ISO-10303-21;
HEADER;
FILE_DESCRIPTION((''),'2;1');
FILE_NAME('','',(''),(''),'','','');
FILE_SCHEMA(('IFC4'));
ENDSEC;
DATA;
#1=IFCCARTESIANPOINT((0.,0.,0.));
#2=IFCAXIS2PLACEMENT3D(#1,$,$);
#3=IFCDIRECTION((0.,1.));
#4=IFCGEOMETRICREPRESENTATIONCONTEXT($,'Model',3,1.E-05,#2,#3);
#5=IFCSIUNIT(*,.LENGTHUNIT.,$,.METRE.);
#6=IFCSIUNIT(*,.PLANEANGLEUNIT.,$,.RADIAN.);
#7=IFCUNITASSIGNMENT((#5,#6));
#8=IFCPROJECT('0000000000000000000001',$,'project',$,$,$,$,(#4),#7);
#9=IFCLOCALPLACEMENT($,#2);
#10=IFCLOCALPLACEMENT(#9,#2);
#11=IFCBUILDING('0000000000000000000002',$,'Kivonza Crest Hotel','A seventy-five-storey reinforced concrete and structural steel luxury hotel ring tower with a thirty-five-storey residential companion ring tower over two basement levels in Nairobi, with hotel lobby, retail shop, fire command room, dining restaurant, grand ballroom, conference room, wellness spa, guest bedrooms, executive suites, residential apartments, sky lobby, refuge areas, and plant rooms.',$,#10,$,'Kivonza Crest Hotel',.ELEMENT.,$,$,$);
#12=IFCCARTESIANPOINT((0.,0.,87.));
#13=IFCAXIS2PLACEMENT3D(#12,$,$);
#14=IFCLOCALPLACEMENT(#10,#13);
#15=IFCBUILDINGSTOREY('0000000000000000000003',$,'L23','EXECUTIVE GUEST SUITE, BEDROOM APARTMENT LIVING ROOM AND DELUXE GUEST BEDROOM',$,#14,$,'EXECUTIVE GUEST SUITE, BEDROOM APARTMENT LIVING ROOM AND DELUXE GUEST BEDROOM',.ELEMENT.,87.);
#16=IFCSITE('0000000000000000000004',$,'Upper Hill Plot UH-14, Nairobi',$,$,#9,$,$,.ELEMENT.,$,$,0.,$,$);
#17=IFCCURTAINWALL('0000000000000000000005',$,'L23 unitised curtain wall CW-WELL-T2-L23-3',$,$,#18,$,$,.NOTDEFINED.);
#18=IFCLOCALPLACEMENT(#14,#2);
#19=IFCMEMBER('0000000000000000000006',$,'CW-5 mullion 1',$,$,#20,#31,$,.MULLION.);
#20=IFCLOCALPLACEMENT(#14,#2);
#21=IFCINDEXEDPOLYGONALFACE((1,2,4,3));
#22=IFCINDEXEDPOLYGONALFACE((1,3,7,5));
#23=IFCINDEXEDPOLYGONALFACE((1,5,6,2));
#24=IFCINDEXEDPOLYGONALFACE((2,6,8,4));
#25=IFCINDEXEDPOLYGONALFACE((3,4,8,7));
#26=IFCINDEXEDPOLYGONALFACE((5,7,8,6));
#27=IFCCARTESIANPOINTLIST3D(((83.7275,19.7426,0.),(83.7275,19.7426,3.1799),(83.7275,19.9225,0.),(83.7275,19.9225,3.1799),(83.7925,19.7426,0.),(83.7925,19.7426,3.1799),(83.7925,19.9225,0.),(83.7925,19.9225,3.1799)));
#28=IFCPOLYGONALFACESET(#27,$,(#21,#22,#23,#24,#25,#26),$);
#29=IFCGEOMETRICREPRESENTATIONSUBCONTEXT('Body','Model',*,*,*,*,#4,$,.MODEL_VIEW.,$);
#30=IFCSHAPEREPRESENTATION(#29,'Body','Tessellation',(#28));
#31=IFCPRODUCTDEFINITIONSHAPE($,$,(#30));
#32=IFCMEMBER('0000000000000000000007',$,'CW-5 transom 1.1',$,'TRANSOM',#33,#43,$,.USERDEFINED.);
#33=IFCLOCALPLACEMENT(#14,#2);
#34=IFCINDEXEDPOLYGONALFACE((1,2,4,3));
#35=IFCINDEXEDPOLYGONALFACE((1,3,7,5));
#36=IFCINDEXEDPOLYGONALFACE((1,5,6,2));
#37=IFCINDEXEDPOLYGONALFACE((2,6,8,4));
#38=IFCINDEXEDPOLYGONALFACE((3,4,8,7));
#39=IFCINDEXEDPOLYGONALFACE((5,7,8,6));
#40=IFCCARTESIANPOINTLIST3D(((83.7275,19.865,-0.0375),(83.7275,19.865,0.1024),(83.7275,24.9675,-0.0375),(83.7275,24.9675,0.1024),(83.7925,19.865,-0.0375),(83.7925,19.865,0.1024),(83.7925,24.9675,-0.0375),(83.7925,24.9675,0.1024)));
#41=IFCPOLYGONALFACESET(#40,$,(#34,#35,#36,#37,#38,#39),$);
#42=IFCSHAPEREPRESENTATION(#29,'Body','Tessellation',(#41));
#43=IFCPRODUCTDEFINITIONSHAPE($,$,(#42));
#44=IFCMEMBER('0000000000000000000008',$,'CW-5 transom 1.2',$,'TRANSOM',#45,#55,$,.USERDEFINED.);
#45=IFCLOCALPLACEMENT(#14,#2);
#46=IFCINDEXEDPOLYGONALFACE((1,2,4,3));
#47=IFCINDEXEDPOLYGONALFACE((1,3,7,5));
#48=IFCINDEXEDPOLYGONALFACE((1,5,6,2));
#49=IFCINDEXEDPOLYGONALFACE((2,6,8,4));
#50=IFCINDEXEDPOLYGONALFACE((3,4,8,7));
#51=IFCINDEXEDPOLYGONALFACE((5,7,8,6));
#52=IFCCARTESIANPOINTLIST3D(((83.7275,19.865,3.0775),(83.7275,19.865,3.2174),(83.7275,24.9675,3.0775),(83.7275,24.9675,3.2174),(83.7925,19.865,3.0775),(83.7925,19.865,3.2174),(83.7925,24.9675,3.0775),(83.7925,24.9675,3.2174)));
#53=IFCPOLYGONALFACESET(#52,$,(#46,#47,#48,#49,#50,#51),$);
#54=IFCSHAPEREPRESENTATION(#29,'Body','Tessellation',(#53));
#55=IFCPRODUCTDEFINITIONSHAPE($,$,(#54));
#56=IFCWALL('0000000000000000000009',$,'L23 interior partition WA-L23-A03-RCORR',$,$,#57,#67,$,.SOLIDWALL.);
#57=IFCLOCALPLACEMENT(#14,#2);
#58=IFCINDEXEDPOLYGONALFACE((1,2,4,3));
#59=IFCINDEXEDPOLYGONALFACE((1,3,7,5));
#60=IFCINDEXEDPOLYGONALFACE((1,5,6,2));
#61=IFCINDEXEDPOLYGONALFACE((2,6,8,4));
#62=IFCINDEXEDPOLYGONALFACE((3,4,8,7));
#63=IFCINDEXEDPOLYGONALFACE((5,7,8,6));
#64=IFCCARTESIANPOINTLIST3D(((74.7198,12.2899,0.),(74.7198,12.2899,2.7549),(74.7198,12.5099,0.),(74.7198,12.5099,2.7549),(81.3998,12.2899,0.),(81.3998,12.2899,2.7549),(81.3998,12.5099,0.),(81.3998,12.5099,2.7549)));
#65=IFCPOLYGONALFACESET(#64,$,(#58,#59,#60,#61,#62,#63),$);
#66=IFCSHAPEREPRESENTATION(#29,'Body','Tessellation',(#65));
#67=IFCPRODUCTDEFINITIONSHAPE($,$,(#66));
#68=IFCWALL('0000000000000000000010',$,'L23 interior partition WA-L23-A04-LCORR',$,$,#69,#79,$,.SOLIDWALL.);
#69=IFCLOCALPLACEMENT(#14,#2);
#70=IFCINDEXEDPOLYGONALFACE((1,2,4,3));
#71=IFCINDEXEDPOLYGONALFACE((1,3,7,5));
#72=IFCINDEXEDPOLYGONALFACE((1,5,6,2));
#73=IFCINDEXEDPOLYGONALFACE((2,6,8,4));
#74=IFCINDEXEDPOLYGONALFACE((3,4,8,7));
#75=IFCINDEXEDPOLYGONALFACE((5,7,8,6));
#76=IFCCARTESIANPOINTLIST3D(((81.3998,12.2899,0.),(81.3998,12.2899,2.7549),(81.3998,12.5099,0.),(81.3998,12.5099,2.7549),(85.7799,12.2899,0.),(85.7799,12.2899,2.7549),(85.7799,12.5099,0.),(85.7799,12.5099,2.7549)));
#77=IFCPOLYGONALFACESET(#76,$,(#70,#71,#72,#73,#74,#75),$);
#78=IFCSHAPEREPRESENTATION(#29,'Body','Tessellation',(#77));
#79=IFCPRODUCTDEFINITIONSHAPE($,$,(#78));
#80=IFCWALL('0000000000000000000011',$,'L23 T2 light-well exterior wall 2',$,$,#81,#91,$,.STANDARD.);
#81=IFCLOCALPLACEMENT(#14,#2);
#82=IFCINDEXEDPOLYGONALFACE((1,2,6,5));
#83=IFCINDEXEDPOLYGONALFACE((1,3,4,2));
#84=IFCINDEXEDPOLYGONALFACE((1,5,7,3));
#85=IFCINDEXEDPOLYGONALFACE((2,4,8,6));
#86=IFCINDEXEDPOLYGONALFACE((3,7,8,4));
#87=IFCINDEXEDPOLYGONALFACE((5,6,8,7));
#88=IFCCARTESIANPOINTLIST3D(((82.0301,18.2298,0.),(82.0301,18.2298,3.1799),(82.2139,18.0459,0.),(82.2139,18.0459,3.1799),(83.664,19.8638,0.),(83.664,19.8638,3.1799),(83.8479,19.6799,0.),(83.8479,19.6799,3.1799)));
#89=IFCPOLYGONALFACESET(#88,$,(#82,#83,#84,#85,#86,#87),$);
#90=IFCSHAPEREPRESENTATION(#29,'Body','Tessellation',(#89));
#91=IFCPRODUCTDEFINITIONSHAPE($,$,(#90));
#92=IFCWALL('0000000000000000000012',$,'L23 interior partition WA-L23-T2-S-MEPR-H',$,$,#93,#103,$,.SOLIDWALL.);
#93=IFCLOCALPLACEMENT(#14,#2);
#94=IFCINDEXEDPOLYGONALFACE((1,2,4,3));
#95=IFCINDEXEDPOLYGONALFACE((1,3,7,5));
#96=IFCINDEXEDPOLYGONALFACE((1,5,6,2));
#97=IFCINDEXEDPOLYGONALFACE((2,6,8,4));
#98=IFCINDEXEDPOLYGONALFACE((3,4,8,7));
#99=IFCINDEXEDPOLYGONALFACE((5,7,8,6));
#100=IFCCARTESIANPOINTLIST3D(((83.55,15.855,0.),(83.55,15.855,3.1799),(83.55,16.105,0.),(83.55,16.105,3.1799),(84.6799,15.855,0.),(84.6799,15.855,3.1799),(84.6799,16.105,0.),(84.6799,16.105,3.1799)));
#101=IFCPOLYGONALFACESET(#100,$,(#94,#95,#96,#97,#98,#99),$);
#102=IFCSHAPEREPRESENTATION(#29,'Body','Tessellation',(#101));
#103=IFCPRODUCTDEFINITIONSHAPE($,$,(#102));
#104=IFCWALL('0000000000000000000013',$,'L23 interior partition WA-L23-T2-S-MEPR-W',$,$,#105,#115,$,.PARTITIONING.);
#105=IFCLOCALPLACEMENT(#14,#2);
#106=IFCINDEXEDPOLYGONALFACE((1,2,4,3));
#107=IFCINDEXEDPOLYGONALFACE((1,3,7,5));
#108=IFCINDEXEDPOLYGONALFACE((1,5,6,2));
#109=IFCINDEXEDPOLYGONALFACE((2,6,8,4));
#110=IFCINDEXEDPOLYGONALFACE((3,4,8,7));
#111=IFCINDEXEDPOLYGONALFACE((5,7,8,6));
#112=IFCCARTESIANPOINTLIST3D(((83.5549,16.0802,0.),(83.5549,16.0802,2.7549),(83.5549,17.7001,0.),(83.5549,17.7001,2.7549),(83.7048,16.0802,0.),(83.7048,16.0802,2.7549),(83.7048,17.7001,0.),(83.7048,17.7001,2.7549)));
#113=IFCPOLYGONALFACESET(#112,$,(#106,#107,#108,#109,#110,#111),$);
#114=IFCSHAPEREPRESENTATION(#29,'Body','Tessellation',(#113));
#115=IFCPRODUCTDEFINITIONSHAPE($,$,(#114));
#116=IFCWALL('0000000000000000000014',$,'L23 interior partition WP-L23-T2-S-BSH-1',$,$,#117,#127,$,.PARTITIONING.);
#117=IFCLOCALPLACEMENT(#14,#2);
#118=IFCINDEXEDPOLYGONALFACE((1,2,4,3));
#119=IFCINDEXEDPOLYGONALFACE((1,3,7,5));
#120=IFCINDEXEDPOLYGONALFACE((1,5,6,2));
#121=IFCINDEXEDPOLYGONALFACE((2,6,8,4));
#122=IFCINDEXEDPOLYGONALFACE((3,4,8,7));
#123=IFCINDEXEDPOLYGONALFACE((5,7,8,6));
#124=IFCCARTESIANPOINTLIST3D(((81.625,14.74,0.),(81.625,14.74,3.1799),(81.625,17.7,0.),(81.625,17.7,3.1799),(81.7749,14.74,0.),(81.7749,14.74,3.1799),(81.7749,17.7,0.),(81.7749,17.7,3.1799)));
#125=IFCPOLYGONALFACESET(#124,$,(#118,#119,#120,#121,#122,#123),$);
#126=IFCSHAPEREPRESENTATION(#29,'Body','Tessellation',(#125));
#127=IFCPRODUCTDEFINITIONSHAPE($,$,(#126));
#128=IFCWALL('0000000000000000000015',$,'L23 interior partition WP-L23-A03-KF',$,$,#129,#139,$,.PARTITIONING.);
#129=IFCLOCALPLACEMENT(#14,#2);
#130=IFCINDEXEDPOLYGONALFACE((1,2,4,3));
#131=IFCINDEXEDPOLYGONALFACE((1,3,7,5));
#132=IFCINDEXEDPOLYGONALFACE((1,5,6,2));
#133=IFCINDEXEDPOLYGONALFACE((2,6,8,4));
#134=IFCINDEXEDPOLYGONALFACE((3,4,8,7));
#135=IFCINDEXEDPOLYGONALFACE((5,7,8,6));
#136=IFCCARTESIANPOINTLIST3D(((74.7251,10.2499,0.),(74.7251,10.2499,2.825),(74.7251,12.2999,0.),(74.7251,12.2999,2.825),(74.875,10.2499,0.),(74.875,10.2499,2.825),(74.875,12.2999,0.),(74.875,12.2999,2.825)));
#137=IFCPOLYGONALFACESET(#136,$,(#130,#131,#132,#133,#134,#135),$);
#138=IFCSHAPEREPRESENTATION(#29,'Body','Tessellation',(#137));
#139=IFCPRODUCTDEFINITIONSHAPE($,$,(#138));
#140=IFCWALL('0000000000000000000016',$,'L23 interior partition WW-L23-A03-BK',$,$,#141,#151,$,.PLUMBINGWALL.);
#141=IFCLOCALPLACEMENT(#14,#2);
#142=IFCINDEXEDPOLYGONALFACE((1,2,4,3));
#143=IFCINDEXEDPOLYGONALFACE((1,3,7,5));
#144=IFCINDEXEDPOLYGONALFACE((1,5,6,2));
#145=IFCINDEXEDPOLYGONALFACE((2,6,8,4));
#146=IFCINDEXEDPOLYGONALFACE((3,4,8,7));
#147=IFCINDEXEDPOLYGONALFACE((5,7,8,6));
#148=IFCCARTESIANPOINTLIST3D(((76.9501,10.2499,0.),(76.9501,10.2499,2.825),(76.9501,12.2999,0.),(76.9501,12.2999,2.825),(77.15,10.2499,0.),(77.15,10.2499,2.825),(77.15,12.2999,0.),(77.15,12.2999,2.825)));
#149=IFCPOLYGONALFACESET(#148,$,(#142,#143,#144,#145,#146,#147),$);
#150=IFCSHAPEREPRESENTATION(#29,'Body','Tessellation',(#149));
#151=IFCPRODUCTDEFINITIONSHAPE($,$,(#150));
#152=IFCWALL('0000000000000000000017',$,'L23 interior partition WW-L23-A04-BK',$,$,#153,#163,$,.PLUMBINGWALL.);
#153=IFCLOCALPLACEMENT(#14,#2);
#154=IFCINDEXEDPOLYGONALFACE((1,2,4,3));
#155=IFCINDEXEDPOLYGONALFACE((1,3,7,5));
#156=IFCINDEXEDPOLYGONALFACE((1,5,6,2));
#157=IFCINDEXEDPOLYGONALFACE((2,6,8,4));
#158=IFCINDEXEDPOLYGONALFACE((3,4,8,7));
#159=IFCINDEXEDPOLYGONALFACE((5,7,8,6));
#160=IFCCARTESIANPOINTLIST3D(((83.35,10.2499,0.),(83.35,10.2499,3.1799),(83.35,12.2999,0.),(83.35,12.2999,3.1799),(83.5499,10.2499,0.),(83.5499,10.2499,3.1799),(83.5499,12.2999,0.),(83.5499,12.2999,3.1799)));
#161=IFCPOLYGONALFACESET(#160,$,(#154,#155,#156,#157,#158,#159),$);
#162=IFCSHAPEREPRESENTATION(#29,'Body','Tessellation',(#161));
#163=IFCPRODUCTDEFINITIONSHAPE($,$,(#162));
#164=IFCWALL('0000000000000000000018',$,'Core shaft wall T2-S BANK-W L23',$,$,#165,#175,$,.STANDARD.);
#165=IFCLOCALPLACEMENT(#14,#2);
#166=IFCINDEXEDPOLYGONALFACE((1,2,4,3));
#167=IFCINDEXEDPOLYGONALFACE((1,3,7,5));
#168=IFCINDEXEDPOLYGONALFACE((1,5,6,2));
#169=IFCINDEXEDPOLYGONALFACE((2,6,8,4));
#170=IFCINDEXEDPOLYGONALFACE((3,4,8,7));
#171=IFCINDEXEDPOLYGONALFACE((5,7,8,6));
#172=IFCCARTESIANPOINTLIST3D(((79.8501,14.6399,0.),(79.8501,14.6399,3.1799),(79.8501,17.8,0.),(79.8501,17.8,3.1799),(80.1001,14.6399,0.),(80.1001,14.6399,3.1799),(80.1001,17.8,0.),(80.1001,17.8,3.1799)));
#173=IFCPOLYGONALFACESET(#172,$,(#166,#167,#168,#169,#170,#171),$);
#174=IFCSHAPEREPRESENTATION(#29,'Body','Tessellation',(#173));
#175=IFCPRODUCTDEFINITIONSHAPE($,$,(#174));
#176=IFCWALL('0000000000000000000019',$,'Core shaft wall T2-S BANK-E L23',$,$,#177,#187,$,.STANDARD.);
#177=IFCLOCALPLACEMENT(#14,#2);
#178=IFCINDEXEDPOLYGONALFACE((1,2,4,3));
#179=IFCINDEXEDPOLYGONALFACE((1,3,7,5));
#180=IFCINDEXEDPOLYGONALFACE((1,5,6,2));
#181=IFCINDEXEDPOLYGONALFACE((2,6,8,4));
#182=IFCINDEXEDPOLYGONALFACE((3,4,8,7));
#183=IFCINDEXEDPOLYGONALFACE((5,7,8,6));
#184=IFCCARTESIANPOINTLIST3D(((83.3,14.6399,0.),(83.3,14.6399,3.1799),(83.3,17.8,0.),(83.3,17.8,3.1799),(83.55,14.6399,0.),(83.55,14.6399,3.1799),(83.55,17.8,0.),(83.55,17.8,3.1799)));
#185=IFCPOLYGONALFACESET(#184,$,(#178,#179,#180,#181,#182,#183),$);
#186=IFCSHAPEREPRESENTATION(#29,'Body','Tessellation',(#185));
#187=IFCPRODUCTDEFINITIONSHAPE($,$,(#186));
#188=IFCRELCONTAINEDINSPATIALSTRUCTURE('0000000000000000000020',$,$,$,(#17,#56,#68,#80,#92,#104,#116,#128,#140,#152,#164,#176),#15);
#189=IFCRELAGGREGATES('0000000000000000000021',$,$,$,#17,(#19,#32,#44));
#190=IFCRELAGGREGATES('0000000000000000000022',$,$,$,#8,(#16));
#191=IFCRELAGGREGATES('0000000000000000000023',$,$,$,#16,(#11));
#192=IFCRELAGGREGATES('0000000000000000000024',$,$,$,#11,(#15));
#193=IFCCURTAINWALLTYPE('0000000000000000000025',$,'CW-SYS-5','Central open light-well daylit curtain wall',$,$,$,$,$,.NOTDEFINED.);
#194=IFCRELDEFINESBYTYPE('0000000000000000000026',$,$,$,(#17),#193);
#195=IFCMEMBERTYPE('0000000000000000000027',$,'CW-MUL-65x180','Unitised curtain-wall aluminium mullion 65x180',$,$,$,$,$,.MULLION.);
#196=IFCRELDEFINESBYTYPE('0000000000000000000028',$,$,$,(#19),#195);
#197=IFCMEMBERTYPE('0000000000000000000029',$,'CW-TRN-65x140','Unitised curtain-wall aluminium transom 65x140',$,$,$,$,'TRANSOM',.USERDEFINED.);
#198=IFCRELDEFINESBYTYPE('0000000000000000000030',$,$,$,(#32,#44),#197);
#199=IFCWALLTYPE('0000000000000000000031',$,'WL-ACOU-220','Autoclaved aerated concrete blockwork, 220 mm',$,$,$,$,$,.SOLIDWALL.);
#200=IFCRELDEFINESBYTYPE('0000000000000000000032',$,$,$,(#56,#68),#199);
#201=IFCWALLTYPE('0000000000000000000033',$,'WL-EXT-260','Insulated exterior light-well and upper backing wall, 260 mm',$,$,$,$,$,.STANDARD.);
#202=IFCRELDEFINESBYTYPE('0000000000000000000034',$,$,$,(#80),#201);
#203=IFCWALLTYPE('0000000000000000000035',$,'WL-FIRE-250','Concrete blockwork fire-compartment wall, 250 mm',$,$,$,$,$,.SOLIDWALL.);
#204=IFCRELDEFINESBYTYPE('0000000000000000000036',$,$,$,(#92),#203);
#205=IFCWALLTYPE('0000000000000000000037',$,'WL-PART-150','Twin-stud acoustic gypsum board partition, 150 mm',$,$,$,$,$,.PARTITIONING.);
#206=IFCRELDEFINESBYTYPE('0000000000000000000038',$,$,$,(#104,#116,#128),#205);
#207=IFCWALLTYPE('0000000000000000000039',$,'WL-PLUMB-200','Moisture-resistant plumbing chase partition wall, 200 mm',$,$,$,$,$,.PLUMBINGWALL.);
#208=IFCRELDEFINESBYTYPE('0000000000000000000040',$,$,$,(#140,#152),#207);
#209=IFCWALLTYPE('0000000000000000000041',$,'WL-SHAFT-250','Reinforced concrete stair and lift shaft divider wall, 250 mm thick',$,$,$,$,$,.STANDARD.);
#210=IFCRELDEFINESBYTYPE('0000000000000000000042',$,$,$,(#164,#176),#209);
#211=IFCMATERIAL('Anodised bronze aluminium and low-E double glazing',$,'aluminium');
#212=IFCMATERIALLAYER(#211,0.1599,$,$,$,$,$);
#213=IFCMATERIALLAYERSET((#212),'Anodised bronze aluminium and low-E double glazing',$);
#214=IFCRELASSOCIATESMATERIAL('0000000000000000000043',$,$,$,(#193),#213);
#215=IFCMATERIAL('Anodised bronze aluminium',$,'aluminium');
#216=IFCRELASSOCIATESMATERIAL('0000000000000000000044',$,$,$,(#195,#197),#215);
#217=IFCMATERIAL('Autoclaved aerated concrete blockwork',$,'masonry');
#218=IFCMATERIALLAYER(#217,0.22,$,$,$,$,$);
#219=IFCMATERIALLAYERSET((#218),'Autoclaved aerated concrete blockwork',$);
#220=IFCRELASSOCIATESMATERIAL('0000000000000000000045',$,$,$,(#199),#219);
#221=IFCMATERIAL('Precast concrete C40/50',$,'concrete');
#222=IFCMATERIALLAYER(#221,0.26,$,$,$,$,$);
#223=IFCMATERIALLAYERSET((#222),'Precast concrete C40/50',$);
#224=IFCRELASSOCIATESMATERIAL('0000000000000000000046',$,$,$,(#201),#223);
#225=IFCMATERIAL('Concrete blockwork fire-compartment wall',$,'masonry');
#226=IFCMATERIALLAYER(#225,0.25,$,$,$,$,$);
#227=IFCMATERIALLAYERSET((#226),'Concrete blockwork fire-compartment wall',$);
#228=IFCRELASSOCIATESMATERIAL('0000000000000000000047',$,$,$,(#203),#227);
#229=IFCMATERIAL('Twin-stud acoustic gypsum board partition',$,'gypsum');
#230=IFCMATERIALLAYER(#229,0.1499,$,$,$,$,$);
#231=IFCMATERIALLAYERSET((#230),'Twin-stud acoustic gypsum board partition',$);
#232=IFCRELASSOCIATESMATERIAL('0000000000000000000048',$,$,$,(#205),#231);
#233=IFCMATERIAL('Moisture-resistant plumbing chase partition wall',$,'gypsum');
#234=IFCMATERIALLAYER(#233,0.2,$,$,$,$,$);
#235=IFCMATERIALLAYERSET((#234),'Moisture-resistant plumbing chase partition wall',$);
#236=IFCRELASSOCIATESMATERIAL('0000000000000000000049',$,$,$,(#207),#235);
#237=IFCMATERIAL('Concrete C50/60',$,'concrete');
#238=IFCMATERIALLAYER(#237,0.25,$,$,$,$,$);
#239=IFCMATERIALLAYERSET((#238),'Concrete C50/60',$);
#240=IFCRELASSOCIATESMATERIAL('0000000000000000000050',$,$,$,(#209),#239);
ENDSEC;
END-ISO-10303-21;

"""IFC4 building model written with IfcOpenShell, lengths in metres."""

from ifc_helpers import new_model, si_unit, direction, frame, frame_2d, origin, origin_2d, place, context, subcontext, project, spatial, rectangle, extrude, material, layer, layer_set, material_profile, profile_set, type_object, element, aggregate, save


model = new_model("IFC4")

# Units and contexts
model_context = context("Model", 3, precision=1e-05, world=origin(), true_north=direction((0.0, 1.0)))
body_context = subcontext(model_context, "Body", "Model", "MODEL_VIEW")
ifc_project = project(units=[si_unit("LENGTHUNIT", "METRE"), si_unit("PLANEANGLEUNIT", "RADIAN")], contexts=[model_context])

# Site, building, storey
site_placement = place(None, origin())
site = spatial("IfcSite", under=ifc_project, at=site_placement, Name="Upper Hill Plot UH-14, Nairobi", CompositionType="ELEMENT", RefElevation=0.0)
building_placement = place(site_placement, origin())
building = spatial("IfcBuilding", under=site, at=building_placement, Name="Kivonza Crest Hotel", Description="A seventy-five-storey reinforced concrete and structural steel luxury hotel ring tower with a thirty-five-storey residential companion ring tower over two basement levels in Nairobi, with hotel lobby, retail shop, fire command room, dining restaurant, grand ballroom, conference room, wellness spa, guest bedrooms, executive suites, residential apartments, sky lobby, refuge areas, and plant rooms.", LongName="Kivonza Crest Hotel", CompositionType="ELEMENT")
storey_placement = place(building_placement, frame((0.0, 0.0, 87.0)))
storey = spatial("IfcBuildingStorey", under=building, at=storey_placement, Name="L23", Description="EXECUTIVE GUEST SUITE, BEDROOM APARTMENT LIVING ROOM AND DELUXE GUEST BEDROOM", LongName="EXECUTIVE GUEST SUITE, BEDROOM APARTMENT LIVING ROOM AND DELUXE GUEST BEDROOM", CompositionType="ELEMENT", Elevation=87.0)

# Curtain wall, members
ifc_material_1 = material(Name="Anodised bronze aluminium and low-E double glazing", Category="aluminium")
ifc_layer_1 = layer(ifc_material_1, 0.1599)
ifc_layer_set_1 = layer_set([ifc_layer_1], Name="Anodised bronze aluminium and low-E double glazing")
curtain_wall_type = type_object("IfcCurtainWallType", Name="CW-SYS-5", Description="Central open light-well daylit curtain wall", PredefinedType="NOTDEFINED", material=ifc_layer_set_1)
curtain_wall_placement = place(storey_placement, origin())
curtain_wall = element("IfcCurtainWall", 1, at=curtain_wall_placement, inside=storey, type_object=curtain_wall_type, Name="L23 unitised curtain wall CW-WELL-T2-L23-3", PredefinedType="NOTDEFINED")
ifc_material_2 = material(Name="Anodised bronze aluminium", Category="aluminium")
ifc_material_profile_1 = material_profile(ifc_material_2, rectangle(XDim=0.0649, YDim=0.1799, at=origin_2d()), Name="CW-M 65x180")
ifc_profile_set_1 = profile_set([ifc_material_profile_1], Name="Anodised bronze aluminium")
member_type_1 = type_object("IfcMemberType", Name="CW-MUL-65x180", Description="Unitised curtain-wall aluminium mullion 65x180", PredefinedType="MULLION", material=ifc_profile_set_1)
member_1_placement = place(storey_placement, frame((83.76, 19.8325, 0.0), z_axis=(0.0, 0.0, 1.0), x_axis=(-1.0, 0.0, 0.0)))
member_1 = element("IfcMember", 2, at=member_1_placement, type_object=member_type_1, Name="CW-5 mullion 1", PredefinedType="MULLION", context=body_context, shape_type="SweptSolid", body=[
    extrude(rectangle(XDim=0.0649, YDim=0.1799, at=origin_2d()), origin(), (0.0, 0.0, 1.0), 3.1799),
])
ifc_material_profile_2 = material_profile(ifc_material_2, rectangle(XDim=0.0649, YDim=0.1399, at=origin_2d()), Name="CW-T 65x140")
ifc_profile_set_2 = profile_set([ifc_material_profile_2], Name="Anodised bronze aluminium")
member_type_2 = type_object("IfcMemberType", Name="CW-TRN-65x140", Description="Unitised curtain-wall aluminium transom 65x140", ElementType="TRANSOM", PredefinedType="USERDEFINED", material=ifc_profile_set_2)
member_2_placement = place(storey_placement, frame((83.76, 19.865, 0.0325), z_axis=(0.0, 1.0, 0.0), x_axis=(-1.0, 0.0, 0.0)))
member_2 = element("IfcMember", 3, at=member_2_placement, type_object=member_type_2, Name="CW-5 transom 1.1", ObjectType="TRANSOM", PredefinedType="USERDEFINED", context=body_context, shape_type="SweptSolid", body=[
    extrude(rectangle(XDim=0.0649, YDim=0.1399, at=origin_2d()), origin(), (0.0, 0.0, 1.0), 5.1025),
])
member_3_placement = place(storey_placement, frame((83.76, 19.865, 3.1475), z_axis=(0.0, 1.0, 0.0), x_axis=(-1.0, 0.0, 0.0)))
member_3 = element("IfcMember", 4, at=member_3_placement, type_object=member_type_2, Name="CW-5 transom 1.2", ObjectType="TRANSOM", PredefinedType="USERDEFINED", context=body_context, shape_type="SweptSolid", body=[
    extrude(rectangle(XDim=0.0649, YDim=0.1399, at=origin_2d()), origin(), (0.0, 0.0, 1.0), 5.1025),
])
aggregate(curtain_wall, [member_1, member_2, member_3])

# Walls
ifc_material_3 = material(Name="Autoclaved aerated concrete blockwork", Category="masonry")
ifc_layer_2 = layer(ifc_material_3, 0.22)
ifc_layer_set_2 = layer_set([ifc_layer_2], Name="Autoclaved aerated concrete blockwork")
wall_type_1 = type_object("IfcWallType", Name="WL-ACOU-220", Description="Autoclaved aerated concrete blockwork, 220 mm", PredefinedType="SOLIDWALL", material=ifc_layer_set_2)
wall_1_placement = place(storey_placement, frame((74.72, 12.3999, 0.0), z_axis=(0.0, 0.0, 1.0), x_axis=(1.0, 0.0, 0.0)))
element("IfcWall", 5, at=wall_1_placement, inside=storey, type_object=wall_type_1, Name="L23 interior partition WA-L23-A03-RCORR", PredefinedType="SOLIDWALL", context=body_context, shape_type="SweptSolid", body=[
    extrude(rectangle(XDim=6.6799, YDim=0.22, at=frame_2d((3.3398, 0.0))), origin(), (0.0, 0.0, 1.0), 2.7549),
])
wall_2_placement = place(storey_placement, frame((81.3999, 12.3999, 0.0), z_axis=(0.0, 0.0, 1.0), x_axis=(1.0, 0.0, 0.0)))
element("IfcWall", 6, at=wall_2_placement, inside=storey, type_object=wall_type_1, Name="L23 interior partition WA-L23-A04-LCORR", PredefinedType="SOLIDWALL", context=body_context, shape_type="SweptSolid", body=[
    extrude(rectangle(XDim=4.3801, YDim=0.22, at=frame_2d((2.1899, 0.0))), origin(), (0.0, 0.0, 1.0), 2.7549),
])
ifc_material_4 = material(Name="Precast concrete C40/50", Category="concrete")
ifc_layer_3 = layer(ifc_material_4, 0.26)
ifc_layer_set_3 = layer_set([ifc_layer_3], Name="Precast concrete C40/50")
wall_type_2 = type_object("IfcWallType", Name="WL-EXT-260", Description="Insulated exterior light-well and upper backing wall, 260 mm", PredefinedType="STANDARD", material=ifc_layer_set_3)
wall_3_placement = place(storey_placement, frame((82.1221, 18.1379, 0.0), z_axis=(0.0, 0.0, 1.0), x_axis=(0.707107, 0.707107, 0.0)))
element("IfcWall", 7, at=wall_3_placement, inside=storey, type_object=wall_type_2, Name="L23 T2 light-well exterior wall 2", PredefinedType="STANDARD", context=body_context, shape_type="SweptSolid", body=[
    extrude(rectangle(XDim=2.3108, YDim=0.26, at=frame_2d((1.1553, 0.0))), origin(), (0.0, 0.0, 1.0), 3.1799),
])
ifc_material_5 = material(Name="Concrete blockwork fire-compartment wall", Category="masonry")
ifc_layer_4 = layer(ifc_material_5, 0.25)
ifc_layer_set_4 = layer_set([ifc_layer_4], Name="Concrete blockwork fire-compartment wall")
wall_type_3 = type_object("IfcWallType", Name="WL-FIRE-250", Description="Concrete blockwork fire-compartment wall, 250 mm", PredefinedType="SOLIDWALL", material=ifc_layer_set_4)
wall_4_placement = place(storey_placement, frame((83.55, 15.98, 0.0), z_axis=(0.0, 0.0, 1.0), x_axis=(1.0, 0.0, 0.0)))
element("IfcWall", 8, at=wall_4_placement, inside=storey, type_object=wall_type_3, Name="L23 interior partition WA-L23-T2-S-MEPR-H", PredefinedType="SOLIDWALL", context=body_context, shape_type="SweptSolid", body=[
    extrude(rectangle(XDim=1.1299, YDim=0.25, at=frame_2d((0.5649, 0.0))), origin(), (0.0, 0.0, 1.0), 3.1799),
])
ifc_material_6 = material(Name="Twin-stud acoustic gypsum board partition", Category="gypsum")
ifc_layer_5 = layer(ifc_material_6, 0.1499)
ifc_layer_set_5 = layer_set([ifc_layer_5], Name="Twin-stud acoustic gypsum board partition")
wall_type_4 = type_object("IfcWallType", Name="WL-PART-150", Description="Twin-stud acoustic gypsum board partition, 150 mm", PredefinedType="PARTITIONING", material=ifc_layer_set_5)
wall_5_placement = place(storey_placement, frame((83.6299, 16.0801, 0.0), z_axis=(0.0, 0.0, 1.0), x_axis=(0.0, 1.0, 0.0)))
element("IfcWall", 9, at=wall_5_placement, inside=storey, type_object=wall_type_4, Name="L23 interior partition WA-L23-T2-S-MEPR-W", PredefinedType="PARTITIONING", context=body_context, shape_type="SweptSolid", body=[
    extrude(rectangle(XDim=1.6199, YDim=0.1499, at=frame_2d((0.8101, 0.0))), origin(), (0.0, 0.0, 1.0), 2.7549),
])
wall_6_placement = place(storey_placement, frame((81.7, 14.74, 0.0), z_axis=(0.0, 0.0, 1.0), x_axis=(0.0, 1.0, 0.0)))
element("IfcWall", 10, at=wall_6_placement, inside=storey, type_object=wall_type_4, Name="L23 interior partition WP-L23-T2-S-BSH-1", PredefinedType="PARTITIONING", context=body_context, shape_type="SweptSolid", body=[
    extrude(rectangle(XDim=2.96, YDim=0.1499, at=frame_2d((1.48, 0.0))), origin(), (0.0, 0.0, 1.0), 3.1799),
])
wall_7_placement = place(storey_placement, frame((74.8, 10.25, 0.0), z_axis=(0.0, 0.0, 1.0), x_axis=(0.0, 1.0, 0.0)))
element("IfcWall", 11, at=wall_7_placement, inside=storey, type_object=wall_type_4, Name="L23 interior partition WP-L23-A03-KF", PredefinedType="PARTITIONING", context=body_context, shape_type="SweptSolid", body=[
    extrude(rectangle(XDim=2.05, YDim=0.1499, at=frame_2d((1.0249, 0.0))), origin(), (0.0, 0.0, 1.0), 2.825),
])
ifc_material_7 = material(Name="Moisture-resistant plumbing chase partition wall", Category="gypsum")
ifc_layer_6 = layer(ifc_material_7, 0.2)
ifc_layer_set_6 = layer_set([ifc_layer_6], Name="Moisture-resistant plumbing chase partition wall")
wall_type_5 = type_object("IfcWallType", Name="WL-PLUMB-200", Description="Moisture-resistant plumbing chase partition wall, 200 mm", PredefinedType="PLUMBINGWALL", material=ifc_layer_set_6)
wall_8_placement = place(storey_placement, frame((77.05, 10.25, 0.0), z_axis=(0.0, 0.0, 1.0), x_axis=(0.0, 1.0, 0.0)))
element("IfcWall", 12, at=wall_8_placement, inside=storey, type_object=wall_type_5, Name="L23 interior partition WW-L23-A03-BK", PredefinedType="PLUMBINGWALL", context=body_context, shape_type="SweptSolid", body=[
    extrude(rectangle(XDim=2.05, YDim=0.2, at=frame_2d((1.0249, 0.0))), origin(), (0.0, 0.0, 1.0), 2.825),
])
wall_9_placement = place(storey_placement, frame((83.45, 10.25, 0.0), z_axis=(0.0, 0.0, 1.0), x_axis=(0.0, 1.0, 0.0)))
element("IfcWall", 13, at=wall_9_placement, inside=storey, type_object=wall_type_5, Name="L23 interior partition WW-L23-A04-BK", PredefinedType="PLUMBINGWALL", context=body_context, shape_type="SweptSolid", body=[
    extrude(rectangle(XDim=2.05, YDim=0.2, at=frame_2d((1.0249, 0.0))), origin(), (0.0, 0.0, 1.0), 3.1799),
])

# Shared definitions
ifc_material_8 = material(Name="Concrete C50/60", Category="concrete")
ifc_layer_7 = layer(ifc_material_8, 0.25)
ifc_layer_set_7 = layer_set([ifc_layer_7], Name="Concrete C50/60")
wall_type_6 = type_object("IfcWallType", Name="WL-SHAFT-250", Description="Reinforced concrete stair and lift shaft divider wall, 250 mm thick", PredefinedType="STANDARD", material=ifc_layer_set_7)

# Walls
for number, where, z_axis, x_axis, name in (
    (14, (79.9751, 14.6399, 0.0), (0.0, 0.0, 1.0), (0.0, 1.0, 0.0), "Core shaft wall T2-S BANK-W L23"),
    (15, (83.425, 14.6399, 0.0), (0.0, 0.0, 1.0), (0.0, 1.0, 0.0), "Core shaft wall T2-S BANK-E L23"),
):
    element("IfcWall", number, at=place(storey_placement, frame(where, z_axis=z_axis, x_axis=x_axis)), inside=storey, type_object=wall_type_6, Name=name, PredefinedType="STANDARD", context=body_context, shape_type="SweptSolid", body=[
        extrude(rectangle(XDim=3.1602, YDim=0.25, at=frame_2d((1.5801, 0.0))), origin(), (0.0, 0.0, 1.0), 3.1799),
    ])

save(model, "model.ifc")
